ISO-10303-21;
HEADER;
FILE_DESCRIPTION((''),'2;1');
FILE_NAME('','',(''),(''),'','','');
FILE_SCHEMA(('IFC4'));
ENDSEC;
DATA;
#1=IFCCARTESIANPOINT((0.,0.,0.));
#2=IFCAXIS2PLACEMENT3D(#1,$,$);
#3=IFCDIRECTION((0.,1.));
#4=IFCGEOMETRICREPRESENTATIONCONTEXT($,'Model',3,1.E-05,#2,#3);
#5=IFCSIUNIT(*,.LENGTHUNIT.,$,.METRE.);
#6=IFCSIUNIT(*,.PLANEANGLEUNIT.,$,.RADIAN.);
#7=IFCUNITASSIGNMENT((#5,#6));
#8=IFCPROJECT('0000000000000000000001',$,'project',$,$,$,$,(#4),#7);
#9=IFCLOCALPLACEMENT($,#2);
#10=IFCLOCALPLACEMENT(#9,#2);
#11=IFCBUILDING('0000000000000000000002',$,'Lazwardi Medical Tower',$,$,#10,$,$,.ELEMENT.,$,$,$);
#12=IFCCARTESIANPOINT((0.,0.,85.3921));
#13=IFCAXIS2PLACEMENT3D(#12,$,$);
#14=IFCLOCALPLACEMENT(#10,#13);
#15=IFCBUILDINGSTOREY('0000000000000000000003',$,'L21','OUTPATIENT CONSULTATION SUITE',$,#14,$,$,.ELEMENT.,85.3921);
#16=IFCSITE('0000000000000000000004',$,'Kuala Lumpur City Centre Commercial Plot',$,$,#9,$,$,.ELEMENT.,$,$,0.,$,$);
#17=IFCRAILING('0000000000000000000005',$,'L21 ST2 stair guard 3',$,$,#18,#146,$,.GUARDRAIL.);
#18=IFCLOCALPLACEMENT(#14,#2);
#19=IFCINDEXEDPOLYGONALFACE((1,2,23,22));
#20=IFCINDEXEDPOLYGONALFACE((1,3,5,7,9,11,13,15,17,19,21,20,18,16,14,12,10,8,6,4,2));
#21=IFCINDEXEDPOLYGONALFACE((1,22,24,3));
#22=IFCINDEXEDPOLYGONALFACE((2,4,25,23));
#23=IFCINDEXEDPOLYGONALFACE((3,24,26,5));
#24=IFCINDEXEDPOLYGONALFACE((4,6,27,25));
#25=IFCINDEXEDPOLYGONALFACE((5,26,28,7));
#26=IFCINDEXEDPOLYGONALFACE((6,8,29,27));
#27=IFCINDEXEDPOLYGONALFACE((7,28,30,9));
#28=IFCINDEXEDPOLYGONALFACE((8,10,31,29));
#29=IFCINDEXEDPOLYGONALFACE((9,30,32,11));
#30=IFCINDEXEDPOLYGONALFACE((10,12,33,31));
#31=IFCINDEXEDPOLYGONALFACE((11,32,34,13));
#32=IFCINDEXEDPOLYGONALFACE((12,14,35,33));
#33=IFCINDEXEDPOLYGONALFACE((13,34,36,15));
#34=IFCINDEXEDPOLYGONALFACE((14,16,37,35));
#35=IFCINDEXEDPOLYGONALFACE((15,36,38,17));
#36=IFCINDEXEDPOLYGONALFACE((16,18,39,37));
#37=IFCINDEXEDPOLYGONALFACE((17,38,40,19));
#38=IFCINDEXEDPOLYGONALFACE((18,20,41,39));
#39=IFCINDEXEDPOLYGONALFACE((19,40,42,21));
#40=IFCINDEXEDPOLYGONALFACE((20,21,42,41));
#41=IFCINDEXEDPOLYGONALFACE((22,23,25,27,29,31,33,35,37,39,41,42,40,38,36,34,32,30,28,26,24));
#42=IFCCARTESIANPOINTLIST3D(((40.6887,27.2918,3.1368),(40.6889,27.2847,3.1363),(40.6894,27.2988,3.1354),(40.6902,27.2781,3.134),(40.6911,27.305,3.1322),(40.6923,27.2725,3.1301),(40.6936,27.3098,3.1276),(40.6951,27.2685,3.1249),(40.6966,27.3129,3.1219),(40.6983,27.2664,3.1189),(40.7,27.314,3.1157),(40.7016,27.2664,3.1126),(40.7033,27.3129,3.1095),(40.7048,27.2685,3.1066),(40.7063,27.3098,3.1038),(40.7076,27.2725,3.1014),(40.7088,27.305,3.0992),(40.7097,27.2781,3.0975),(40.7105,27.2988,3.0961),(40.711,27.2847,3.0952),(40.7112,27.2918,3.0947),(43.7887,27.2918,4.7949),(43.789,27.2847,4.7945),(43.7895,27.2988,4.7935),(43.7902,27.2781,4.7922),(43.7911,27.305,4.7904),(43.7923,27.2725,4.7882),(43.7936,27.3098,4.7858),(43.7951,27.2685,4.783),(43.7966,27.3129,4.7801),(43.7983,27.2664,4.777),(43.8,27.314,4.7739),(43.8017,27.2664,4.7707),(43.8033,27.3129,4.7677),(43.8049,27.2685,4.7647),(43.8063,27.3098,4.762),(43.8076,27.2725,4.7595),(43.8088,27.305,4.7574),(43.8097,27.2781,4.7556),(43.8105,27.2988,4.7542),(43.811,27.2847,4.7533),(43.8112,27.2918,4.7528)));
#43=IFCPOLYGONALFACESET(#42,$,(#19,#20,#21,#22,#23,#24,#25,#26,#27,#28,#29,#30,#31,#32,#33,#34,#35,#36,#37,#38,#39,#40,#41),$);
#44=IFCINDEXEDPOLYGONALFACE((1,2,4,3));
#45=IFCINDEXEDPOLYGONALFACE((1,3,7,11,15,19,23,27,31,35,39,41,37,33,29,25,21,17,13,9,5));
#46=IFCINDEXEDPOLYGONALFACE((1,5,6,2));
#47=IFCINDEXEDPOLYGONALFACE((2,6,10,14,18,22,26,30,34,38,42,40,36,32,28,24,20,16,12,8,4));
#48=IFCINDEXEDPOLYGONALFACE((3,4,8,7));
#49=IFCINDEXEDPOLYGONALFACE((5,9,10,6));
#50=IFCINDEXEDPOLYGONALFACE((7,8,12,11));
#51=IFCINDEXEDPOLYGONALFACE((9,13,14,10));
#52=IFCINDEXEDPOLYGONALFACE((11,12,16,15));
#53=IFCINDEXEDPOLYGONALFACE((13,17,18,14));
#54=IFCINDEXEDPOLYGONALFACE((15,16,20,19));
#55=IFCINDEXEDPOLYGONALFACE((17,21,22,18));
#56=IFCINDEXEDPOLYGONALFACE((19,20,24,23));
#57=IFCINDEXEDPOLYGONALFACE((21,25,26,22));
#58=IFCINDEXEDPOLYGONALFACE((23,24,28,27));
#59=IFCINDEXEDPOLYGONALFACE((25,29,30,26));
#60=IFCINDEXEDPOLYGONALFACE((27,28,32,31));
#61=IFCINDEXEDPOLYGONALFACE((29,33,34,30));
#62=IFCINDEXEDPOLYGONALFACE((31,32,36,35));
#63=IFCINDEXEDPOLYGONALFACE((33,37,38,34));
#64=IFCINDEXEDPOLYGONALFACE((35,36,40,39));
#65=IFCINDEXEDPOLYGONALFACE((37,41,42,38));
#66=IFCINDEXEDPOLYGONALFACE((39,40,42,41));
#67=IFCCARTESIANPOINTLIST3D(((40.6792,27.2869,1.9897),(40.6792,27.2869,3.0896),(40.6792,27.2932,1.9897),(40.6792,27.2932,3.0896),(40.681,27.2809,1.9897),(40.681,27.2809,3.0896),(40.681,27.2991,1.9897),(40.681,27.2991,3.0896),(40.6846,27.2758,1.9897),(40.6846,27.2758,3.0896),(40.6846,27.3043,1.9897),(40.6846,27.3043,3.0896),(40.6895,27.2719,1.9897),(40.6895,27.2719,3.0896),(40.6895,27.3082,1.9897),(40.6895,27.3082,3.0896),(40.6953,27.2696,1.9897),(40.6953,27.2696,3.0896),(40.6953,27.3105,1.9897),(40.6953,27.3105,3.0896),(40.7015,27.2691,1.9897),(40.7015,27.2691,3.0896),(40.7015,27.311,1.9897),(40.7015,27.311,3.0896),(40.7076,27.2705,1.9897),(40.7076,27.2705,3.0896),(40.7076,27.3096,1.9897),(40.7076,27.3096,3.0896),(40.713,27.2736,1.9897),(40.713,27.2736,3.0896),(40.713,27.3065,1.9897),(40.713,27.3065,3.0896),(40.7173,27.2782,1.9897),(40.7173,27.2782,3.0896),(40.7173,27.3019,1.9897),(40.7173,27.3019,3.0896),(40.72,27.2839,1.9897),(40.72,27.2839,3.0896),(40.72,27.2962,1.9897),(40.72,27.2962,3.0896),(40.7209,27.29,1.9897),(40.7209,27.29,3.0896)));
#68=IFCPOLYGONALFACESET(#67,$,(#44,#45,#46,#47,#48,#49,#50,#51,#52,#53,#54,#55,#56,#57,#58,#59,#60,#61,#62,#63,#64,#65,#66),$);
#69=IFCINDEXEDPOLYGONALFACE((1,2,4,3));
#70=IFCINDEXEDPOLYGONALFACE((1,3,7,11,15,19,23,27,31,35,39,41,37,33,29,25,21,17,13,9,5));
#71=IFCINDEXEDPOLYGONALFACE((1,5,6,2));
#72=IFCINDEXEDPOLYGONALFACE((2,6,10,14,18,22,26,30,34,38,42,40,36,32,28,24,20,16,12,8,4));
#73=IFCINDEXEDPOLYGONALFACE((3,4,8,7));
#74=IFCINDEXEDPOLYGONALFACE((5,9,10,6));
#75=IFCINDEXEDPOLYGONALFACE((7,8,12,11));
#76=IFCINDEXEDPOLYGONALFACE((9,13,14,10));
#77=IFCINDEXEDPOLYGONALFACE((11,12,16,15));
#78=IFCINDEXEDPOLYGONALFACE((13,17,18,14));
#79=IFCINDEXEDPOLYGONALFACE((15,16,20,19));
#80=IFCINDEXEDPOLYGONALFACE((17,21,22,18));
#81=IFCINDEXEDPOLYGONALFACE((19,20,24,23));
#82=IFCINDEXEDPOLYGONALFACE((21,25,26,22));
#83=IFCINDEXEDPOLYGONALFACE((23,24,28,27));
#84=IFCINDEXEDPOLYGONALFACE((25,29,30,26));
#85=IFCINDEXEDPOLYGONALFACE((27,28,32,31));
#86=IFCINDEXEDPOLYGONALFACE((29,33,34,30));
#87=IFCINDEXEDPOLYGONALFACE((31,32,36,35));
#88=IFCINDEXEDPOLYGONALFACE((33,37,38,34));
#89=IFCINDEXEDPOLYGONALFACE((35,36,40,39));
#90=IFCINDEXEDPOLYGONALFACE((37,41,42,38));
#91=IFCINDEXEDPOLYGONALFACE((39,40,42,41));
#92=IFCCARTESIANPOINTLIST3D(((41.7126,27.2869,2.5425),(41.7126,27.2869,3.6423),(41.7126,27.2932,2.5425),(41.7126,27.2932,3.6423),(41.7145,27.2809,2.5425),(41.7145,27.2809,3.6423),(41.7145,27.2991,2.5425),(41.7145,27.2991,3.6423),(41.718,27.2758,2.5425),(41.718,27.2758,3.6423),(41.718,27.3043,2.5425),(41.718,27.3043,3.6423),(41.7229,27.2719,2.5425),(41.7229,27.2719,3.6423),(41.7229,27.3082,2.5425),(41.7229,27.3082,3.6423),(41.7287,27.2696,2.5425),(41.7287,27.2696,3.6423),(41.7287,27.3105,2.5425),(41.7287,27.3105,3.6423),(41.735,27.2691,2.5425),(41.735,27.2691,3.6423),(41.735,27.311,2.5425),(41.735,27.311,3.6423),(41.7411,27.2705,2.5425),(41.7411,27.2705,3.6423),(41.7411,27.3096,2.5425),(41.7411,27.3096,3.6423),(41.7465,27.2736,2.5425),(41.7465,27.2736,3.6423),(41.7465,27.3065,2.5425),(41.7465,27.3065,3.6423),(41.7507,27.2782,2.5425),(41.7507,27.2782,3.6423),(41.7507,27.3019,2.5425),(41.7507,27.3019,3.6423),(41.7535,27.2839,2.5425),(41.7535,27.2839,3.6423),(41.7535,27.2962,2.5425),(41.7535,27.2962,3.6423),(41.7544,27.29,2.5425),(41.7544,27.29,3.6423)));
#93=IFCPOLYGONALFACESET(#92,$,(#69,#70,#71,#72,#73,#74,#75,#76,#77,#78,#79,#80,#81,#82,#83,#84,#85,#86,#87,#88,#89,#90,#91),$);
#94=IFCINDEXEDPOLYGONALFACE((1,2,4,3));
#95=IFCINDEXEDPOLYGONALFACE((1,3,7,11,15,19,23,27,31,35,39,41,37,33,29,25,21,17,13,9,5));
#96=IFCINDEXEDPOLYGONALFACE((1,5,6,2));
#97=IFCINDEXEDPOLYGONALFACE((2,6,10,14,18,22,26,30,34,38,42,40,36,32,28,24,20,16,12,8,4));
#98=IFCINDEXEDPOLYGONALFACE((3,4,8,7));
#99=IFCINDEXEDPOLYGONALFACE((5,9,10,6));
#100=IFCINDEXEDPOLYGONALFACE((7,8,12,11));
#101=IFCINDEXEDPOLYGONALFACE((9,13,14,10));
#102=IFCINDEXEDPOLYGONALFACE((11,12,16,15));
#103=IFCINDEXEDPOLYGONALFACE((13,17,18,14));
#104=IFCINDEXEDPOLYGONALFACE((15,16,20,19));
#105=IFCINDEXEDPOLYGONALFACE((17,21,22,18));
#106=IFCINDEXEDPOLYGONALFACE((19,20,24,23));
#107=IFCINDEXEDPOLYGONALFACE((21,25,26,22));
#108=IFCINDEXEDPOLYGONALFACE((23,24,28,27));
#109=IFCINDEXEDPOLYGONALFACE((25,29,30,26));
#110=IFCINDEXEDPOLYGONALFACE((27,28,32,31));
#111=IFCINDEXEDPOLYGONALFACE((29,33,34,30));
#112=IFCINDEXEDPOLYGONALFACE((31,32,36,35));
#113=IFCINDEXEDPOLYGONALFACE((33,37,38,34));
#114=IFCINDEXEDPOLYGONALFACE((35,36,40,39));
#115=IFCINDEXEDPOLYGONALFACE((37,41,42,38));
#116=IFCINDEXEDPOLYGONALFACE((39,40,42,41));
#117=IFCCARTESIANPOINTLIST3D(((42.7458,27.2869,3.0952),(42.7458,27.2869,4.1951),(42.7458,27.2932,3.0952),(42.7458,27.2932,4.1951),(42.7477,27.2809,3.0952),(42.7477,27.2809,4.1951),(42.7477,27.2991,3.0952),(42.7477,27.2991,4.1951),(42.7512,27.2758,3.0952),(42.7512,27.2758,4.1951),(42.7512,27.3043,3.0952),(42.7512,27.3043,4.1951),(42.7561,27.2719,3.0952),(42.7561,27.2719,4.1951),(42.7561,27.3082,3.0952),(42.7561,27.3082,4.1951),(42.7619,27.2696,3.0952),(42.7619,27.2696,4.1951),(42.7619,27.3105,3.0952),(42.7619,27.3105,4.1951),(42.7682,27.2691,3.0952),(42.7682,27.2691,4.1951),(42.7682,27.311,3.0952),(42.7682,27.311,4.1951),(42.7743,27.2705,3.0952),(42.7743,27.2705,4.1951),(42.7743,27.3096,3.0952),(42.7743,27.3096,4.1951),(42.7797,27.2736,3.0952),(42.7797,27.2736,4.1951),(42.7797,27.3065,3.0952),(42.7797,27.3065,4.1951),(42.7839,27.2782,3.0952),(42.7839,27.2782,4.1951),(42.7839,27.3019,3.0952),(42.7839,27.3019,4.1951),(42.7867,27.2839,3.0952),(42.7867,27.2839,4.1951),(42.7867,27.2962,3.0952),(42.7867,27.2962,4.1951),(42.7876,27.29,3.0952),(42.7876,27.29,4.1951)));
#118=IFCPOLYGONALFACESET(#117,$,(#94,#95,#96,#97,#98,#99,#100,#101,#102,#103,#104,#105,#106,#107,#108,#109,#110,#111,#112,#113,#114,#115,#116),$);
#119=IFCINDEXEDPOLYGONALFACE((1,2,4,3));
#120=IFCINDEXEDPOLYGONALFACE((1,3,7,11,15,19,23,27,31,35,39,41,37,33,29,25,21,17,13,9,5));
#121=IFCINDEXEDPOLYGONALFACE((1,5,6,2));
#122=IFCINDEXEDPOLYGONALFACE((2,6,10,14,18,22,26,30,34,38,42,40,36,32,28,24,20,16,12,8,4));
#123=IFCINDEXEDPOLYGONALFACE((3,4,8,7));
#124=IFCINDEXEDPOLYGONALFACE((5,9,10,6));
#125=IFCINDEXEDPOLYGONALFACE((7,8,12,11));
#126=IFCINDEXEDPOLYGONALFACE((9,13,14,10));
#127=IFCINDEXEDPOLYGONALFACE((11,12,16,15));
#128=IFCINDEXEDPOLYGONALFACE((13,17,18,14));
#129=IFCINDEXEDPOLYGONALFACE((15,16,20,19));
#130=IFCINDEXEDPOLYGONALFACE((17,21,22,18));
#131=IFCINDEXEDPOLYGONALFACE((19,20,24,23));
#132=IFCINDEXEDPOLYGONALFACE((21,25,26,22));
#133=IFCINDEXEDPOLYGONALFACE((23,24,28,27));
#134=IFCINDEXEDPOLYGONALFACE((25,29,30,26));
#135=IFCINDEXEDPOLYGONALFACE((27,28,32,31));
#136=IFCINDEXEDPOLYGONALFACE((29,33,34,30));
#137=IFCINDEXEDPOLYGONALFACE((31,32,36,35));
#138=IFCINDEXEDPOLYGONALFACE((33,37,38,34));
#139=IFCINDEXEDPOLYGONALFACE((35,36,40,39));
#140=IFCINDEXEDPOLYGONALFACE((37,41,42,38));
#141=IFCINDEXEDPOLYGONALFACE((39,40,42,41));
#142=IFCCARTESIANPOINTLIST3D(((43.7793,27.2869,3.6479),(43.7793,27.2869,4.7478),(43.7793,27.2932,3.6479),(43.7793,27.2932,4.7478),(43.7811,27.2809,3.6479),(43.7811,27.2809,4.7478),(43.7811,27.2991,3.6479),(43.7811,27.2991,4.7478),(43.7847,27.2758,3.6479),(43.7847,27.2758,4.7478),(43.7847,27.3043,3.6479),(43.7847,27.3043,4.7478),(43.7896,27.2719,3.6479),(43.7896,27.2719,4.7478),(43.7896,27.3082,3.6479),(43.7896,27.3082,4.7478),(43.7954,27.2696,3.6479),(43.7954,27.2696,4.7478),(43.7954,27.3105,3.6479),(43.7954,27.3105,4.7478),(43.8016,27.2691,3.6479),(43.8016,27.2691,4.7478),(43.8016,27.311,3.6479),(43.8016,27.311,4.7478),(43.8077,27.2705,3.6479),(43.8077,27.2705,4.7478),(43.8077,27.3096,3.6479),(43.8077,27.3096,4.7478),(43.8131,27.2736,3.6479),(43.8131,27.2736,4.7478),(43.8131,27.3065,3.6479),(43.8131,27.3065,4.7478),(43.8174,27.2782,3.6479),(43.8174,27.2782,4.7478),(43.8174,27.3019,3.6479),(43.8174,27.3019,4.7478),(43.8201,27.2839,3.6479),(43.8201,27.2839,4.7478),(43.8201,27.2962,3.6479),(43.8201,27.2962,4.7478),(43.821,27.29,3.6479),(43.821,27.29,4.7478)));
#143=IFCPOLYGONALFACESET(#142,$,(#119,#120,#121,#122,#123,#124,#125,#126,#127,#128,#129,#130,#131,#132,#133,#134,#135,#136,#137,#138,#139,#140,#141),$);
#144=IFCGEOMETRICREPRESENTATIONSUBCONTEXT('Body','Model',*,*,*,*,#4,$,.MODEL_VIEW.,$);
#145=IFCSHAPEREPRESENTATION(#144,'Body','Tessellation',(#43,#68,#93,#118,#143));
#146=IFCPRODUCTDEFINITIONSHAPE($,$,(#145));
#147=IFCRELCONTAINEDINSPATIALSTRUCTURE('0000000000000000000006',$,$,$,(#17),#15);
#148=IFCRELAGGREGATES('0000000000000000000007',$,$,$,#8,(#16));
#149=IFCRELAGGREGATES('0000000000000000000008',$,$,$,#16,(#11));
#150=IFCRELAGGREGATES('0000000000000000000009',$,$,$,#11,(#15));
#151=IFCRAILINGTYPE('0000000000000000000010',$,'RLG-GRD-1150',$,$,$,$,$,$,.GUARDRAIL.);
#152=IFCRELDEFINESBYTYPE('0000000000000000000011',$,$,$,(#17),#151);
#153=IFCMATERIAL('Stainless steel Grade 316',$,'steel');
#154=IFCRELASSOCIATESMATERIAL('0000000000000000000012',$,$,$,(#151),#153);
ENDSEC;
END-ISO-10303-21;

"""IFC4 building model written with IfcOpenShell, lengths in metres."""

from ifc_helpers import new_model, si_unit, direction, frame, origin, origin_2d, place, context, subcontext, project, spatial, circle, extrude, material, type_object, element, save


model = new_model("IFC4")

# Units and contexts
model_context = context("Model", 3, precision=1e-05, world=origin(), true_north=direction((0.0, 1.0)))
body_context = subcontext(model_context, "Body", "Model", "MODEL_VIEW")
ifc_project = project(units=[si_unit("LENGTHUNIT", "METRE"), si_unit("PLANEANGLEUNIT", "RADIAN")], contexts=[model_context])

# Site, building, storey
site_placement = place(None, origin())
site = spatial("IfcSite", under=ifc_project, at=site_placement, Name="Kuala Lumpur City Centre Commercial Plot", CompositionType="ELEMENT", RefElevation=0.0)
building_placement = place(site_placement, origin())
building = spatial("IfcBuilding", under=site, at=building_placement, Name="Lazwardi Medical Tower", CompositionType="ELEMENT")
storey_placement = place(building_placement, frame((0.0, 0.0, 85.3921)))
storey = spatial("IfcBuildingStorey", under=building, at=storey_placement, Name="L21", Description="OUTPATIENT CONSULTATION SUITE", CompositionType="ELEMENT", Elevation=85.3921)

# Railing
ifc_material_1 = material(Name="Stainless steel Grade 316", Category="steel")
railing_type_1 = type_object("IfcRailingType", Name="RLG-GRD-1150", PredefinedType="GUARDRAIL", material=ifc_material_1)
railing_1_placement = place(storey_placement, frame((40.7, 27.29, 1.9897)))
element("IfcRailing", 1, at=railing_1_placement, inside=storey, type_object=railing_type_1, Name="L21 ST2 stair guard 3", PredefinedType="GUARDRAIL", context=body_context, shape_type="SweptSolid", body=[
    extrude(circle(Radius=0.0239, at=origin_2d()), frame((0.0, 0.0, 1.126), z_axis=(0.881783, 0.0, 0.471655), x_axis=(0.0, 1.0, 0.0)), (0.0, 0.0, 1.0), 3.5156),
    extrude(circle(Radius=0.021, at=origin_2d()), origin(), (0.0, 0.0, 1.0), 1.0999),
    extrude(circle(Radius=0.021, at=origin_2d()), frame((1.0334, 0.0, 0.5527)), (0.0, 0.0, 1.0), 1.0999),
    extrude(circle(Radius=0.021, at=origin_2d()), frame((2.0667, 0.0, 1.1055)), (0.0, 0.0, 1.0), 1.0999),
    extrude(circle(Radius=0.021, at=origin_2d()), frame((3.1001, 0.0, 1.6582)), (0.0, 0.0, 1.0), 1.0999),
])

save(model, "model.ifc")
